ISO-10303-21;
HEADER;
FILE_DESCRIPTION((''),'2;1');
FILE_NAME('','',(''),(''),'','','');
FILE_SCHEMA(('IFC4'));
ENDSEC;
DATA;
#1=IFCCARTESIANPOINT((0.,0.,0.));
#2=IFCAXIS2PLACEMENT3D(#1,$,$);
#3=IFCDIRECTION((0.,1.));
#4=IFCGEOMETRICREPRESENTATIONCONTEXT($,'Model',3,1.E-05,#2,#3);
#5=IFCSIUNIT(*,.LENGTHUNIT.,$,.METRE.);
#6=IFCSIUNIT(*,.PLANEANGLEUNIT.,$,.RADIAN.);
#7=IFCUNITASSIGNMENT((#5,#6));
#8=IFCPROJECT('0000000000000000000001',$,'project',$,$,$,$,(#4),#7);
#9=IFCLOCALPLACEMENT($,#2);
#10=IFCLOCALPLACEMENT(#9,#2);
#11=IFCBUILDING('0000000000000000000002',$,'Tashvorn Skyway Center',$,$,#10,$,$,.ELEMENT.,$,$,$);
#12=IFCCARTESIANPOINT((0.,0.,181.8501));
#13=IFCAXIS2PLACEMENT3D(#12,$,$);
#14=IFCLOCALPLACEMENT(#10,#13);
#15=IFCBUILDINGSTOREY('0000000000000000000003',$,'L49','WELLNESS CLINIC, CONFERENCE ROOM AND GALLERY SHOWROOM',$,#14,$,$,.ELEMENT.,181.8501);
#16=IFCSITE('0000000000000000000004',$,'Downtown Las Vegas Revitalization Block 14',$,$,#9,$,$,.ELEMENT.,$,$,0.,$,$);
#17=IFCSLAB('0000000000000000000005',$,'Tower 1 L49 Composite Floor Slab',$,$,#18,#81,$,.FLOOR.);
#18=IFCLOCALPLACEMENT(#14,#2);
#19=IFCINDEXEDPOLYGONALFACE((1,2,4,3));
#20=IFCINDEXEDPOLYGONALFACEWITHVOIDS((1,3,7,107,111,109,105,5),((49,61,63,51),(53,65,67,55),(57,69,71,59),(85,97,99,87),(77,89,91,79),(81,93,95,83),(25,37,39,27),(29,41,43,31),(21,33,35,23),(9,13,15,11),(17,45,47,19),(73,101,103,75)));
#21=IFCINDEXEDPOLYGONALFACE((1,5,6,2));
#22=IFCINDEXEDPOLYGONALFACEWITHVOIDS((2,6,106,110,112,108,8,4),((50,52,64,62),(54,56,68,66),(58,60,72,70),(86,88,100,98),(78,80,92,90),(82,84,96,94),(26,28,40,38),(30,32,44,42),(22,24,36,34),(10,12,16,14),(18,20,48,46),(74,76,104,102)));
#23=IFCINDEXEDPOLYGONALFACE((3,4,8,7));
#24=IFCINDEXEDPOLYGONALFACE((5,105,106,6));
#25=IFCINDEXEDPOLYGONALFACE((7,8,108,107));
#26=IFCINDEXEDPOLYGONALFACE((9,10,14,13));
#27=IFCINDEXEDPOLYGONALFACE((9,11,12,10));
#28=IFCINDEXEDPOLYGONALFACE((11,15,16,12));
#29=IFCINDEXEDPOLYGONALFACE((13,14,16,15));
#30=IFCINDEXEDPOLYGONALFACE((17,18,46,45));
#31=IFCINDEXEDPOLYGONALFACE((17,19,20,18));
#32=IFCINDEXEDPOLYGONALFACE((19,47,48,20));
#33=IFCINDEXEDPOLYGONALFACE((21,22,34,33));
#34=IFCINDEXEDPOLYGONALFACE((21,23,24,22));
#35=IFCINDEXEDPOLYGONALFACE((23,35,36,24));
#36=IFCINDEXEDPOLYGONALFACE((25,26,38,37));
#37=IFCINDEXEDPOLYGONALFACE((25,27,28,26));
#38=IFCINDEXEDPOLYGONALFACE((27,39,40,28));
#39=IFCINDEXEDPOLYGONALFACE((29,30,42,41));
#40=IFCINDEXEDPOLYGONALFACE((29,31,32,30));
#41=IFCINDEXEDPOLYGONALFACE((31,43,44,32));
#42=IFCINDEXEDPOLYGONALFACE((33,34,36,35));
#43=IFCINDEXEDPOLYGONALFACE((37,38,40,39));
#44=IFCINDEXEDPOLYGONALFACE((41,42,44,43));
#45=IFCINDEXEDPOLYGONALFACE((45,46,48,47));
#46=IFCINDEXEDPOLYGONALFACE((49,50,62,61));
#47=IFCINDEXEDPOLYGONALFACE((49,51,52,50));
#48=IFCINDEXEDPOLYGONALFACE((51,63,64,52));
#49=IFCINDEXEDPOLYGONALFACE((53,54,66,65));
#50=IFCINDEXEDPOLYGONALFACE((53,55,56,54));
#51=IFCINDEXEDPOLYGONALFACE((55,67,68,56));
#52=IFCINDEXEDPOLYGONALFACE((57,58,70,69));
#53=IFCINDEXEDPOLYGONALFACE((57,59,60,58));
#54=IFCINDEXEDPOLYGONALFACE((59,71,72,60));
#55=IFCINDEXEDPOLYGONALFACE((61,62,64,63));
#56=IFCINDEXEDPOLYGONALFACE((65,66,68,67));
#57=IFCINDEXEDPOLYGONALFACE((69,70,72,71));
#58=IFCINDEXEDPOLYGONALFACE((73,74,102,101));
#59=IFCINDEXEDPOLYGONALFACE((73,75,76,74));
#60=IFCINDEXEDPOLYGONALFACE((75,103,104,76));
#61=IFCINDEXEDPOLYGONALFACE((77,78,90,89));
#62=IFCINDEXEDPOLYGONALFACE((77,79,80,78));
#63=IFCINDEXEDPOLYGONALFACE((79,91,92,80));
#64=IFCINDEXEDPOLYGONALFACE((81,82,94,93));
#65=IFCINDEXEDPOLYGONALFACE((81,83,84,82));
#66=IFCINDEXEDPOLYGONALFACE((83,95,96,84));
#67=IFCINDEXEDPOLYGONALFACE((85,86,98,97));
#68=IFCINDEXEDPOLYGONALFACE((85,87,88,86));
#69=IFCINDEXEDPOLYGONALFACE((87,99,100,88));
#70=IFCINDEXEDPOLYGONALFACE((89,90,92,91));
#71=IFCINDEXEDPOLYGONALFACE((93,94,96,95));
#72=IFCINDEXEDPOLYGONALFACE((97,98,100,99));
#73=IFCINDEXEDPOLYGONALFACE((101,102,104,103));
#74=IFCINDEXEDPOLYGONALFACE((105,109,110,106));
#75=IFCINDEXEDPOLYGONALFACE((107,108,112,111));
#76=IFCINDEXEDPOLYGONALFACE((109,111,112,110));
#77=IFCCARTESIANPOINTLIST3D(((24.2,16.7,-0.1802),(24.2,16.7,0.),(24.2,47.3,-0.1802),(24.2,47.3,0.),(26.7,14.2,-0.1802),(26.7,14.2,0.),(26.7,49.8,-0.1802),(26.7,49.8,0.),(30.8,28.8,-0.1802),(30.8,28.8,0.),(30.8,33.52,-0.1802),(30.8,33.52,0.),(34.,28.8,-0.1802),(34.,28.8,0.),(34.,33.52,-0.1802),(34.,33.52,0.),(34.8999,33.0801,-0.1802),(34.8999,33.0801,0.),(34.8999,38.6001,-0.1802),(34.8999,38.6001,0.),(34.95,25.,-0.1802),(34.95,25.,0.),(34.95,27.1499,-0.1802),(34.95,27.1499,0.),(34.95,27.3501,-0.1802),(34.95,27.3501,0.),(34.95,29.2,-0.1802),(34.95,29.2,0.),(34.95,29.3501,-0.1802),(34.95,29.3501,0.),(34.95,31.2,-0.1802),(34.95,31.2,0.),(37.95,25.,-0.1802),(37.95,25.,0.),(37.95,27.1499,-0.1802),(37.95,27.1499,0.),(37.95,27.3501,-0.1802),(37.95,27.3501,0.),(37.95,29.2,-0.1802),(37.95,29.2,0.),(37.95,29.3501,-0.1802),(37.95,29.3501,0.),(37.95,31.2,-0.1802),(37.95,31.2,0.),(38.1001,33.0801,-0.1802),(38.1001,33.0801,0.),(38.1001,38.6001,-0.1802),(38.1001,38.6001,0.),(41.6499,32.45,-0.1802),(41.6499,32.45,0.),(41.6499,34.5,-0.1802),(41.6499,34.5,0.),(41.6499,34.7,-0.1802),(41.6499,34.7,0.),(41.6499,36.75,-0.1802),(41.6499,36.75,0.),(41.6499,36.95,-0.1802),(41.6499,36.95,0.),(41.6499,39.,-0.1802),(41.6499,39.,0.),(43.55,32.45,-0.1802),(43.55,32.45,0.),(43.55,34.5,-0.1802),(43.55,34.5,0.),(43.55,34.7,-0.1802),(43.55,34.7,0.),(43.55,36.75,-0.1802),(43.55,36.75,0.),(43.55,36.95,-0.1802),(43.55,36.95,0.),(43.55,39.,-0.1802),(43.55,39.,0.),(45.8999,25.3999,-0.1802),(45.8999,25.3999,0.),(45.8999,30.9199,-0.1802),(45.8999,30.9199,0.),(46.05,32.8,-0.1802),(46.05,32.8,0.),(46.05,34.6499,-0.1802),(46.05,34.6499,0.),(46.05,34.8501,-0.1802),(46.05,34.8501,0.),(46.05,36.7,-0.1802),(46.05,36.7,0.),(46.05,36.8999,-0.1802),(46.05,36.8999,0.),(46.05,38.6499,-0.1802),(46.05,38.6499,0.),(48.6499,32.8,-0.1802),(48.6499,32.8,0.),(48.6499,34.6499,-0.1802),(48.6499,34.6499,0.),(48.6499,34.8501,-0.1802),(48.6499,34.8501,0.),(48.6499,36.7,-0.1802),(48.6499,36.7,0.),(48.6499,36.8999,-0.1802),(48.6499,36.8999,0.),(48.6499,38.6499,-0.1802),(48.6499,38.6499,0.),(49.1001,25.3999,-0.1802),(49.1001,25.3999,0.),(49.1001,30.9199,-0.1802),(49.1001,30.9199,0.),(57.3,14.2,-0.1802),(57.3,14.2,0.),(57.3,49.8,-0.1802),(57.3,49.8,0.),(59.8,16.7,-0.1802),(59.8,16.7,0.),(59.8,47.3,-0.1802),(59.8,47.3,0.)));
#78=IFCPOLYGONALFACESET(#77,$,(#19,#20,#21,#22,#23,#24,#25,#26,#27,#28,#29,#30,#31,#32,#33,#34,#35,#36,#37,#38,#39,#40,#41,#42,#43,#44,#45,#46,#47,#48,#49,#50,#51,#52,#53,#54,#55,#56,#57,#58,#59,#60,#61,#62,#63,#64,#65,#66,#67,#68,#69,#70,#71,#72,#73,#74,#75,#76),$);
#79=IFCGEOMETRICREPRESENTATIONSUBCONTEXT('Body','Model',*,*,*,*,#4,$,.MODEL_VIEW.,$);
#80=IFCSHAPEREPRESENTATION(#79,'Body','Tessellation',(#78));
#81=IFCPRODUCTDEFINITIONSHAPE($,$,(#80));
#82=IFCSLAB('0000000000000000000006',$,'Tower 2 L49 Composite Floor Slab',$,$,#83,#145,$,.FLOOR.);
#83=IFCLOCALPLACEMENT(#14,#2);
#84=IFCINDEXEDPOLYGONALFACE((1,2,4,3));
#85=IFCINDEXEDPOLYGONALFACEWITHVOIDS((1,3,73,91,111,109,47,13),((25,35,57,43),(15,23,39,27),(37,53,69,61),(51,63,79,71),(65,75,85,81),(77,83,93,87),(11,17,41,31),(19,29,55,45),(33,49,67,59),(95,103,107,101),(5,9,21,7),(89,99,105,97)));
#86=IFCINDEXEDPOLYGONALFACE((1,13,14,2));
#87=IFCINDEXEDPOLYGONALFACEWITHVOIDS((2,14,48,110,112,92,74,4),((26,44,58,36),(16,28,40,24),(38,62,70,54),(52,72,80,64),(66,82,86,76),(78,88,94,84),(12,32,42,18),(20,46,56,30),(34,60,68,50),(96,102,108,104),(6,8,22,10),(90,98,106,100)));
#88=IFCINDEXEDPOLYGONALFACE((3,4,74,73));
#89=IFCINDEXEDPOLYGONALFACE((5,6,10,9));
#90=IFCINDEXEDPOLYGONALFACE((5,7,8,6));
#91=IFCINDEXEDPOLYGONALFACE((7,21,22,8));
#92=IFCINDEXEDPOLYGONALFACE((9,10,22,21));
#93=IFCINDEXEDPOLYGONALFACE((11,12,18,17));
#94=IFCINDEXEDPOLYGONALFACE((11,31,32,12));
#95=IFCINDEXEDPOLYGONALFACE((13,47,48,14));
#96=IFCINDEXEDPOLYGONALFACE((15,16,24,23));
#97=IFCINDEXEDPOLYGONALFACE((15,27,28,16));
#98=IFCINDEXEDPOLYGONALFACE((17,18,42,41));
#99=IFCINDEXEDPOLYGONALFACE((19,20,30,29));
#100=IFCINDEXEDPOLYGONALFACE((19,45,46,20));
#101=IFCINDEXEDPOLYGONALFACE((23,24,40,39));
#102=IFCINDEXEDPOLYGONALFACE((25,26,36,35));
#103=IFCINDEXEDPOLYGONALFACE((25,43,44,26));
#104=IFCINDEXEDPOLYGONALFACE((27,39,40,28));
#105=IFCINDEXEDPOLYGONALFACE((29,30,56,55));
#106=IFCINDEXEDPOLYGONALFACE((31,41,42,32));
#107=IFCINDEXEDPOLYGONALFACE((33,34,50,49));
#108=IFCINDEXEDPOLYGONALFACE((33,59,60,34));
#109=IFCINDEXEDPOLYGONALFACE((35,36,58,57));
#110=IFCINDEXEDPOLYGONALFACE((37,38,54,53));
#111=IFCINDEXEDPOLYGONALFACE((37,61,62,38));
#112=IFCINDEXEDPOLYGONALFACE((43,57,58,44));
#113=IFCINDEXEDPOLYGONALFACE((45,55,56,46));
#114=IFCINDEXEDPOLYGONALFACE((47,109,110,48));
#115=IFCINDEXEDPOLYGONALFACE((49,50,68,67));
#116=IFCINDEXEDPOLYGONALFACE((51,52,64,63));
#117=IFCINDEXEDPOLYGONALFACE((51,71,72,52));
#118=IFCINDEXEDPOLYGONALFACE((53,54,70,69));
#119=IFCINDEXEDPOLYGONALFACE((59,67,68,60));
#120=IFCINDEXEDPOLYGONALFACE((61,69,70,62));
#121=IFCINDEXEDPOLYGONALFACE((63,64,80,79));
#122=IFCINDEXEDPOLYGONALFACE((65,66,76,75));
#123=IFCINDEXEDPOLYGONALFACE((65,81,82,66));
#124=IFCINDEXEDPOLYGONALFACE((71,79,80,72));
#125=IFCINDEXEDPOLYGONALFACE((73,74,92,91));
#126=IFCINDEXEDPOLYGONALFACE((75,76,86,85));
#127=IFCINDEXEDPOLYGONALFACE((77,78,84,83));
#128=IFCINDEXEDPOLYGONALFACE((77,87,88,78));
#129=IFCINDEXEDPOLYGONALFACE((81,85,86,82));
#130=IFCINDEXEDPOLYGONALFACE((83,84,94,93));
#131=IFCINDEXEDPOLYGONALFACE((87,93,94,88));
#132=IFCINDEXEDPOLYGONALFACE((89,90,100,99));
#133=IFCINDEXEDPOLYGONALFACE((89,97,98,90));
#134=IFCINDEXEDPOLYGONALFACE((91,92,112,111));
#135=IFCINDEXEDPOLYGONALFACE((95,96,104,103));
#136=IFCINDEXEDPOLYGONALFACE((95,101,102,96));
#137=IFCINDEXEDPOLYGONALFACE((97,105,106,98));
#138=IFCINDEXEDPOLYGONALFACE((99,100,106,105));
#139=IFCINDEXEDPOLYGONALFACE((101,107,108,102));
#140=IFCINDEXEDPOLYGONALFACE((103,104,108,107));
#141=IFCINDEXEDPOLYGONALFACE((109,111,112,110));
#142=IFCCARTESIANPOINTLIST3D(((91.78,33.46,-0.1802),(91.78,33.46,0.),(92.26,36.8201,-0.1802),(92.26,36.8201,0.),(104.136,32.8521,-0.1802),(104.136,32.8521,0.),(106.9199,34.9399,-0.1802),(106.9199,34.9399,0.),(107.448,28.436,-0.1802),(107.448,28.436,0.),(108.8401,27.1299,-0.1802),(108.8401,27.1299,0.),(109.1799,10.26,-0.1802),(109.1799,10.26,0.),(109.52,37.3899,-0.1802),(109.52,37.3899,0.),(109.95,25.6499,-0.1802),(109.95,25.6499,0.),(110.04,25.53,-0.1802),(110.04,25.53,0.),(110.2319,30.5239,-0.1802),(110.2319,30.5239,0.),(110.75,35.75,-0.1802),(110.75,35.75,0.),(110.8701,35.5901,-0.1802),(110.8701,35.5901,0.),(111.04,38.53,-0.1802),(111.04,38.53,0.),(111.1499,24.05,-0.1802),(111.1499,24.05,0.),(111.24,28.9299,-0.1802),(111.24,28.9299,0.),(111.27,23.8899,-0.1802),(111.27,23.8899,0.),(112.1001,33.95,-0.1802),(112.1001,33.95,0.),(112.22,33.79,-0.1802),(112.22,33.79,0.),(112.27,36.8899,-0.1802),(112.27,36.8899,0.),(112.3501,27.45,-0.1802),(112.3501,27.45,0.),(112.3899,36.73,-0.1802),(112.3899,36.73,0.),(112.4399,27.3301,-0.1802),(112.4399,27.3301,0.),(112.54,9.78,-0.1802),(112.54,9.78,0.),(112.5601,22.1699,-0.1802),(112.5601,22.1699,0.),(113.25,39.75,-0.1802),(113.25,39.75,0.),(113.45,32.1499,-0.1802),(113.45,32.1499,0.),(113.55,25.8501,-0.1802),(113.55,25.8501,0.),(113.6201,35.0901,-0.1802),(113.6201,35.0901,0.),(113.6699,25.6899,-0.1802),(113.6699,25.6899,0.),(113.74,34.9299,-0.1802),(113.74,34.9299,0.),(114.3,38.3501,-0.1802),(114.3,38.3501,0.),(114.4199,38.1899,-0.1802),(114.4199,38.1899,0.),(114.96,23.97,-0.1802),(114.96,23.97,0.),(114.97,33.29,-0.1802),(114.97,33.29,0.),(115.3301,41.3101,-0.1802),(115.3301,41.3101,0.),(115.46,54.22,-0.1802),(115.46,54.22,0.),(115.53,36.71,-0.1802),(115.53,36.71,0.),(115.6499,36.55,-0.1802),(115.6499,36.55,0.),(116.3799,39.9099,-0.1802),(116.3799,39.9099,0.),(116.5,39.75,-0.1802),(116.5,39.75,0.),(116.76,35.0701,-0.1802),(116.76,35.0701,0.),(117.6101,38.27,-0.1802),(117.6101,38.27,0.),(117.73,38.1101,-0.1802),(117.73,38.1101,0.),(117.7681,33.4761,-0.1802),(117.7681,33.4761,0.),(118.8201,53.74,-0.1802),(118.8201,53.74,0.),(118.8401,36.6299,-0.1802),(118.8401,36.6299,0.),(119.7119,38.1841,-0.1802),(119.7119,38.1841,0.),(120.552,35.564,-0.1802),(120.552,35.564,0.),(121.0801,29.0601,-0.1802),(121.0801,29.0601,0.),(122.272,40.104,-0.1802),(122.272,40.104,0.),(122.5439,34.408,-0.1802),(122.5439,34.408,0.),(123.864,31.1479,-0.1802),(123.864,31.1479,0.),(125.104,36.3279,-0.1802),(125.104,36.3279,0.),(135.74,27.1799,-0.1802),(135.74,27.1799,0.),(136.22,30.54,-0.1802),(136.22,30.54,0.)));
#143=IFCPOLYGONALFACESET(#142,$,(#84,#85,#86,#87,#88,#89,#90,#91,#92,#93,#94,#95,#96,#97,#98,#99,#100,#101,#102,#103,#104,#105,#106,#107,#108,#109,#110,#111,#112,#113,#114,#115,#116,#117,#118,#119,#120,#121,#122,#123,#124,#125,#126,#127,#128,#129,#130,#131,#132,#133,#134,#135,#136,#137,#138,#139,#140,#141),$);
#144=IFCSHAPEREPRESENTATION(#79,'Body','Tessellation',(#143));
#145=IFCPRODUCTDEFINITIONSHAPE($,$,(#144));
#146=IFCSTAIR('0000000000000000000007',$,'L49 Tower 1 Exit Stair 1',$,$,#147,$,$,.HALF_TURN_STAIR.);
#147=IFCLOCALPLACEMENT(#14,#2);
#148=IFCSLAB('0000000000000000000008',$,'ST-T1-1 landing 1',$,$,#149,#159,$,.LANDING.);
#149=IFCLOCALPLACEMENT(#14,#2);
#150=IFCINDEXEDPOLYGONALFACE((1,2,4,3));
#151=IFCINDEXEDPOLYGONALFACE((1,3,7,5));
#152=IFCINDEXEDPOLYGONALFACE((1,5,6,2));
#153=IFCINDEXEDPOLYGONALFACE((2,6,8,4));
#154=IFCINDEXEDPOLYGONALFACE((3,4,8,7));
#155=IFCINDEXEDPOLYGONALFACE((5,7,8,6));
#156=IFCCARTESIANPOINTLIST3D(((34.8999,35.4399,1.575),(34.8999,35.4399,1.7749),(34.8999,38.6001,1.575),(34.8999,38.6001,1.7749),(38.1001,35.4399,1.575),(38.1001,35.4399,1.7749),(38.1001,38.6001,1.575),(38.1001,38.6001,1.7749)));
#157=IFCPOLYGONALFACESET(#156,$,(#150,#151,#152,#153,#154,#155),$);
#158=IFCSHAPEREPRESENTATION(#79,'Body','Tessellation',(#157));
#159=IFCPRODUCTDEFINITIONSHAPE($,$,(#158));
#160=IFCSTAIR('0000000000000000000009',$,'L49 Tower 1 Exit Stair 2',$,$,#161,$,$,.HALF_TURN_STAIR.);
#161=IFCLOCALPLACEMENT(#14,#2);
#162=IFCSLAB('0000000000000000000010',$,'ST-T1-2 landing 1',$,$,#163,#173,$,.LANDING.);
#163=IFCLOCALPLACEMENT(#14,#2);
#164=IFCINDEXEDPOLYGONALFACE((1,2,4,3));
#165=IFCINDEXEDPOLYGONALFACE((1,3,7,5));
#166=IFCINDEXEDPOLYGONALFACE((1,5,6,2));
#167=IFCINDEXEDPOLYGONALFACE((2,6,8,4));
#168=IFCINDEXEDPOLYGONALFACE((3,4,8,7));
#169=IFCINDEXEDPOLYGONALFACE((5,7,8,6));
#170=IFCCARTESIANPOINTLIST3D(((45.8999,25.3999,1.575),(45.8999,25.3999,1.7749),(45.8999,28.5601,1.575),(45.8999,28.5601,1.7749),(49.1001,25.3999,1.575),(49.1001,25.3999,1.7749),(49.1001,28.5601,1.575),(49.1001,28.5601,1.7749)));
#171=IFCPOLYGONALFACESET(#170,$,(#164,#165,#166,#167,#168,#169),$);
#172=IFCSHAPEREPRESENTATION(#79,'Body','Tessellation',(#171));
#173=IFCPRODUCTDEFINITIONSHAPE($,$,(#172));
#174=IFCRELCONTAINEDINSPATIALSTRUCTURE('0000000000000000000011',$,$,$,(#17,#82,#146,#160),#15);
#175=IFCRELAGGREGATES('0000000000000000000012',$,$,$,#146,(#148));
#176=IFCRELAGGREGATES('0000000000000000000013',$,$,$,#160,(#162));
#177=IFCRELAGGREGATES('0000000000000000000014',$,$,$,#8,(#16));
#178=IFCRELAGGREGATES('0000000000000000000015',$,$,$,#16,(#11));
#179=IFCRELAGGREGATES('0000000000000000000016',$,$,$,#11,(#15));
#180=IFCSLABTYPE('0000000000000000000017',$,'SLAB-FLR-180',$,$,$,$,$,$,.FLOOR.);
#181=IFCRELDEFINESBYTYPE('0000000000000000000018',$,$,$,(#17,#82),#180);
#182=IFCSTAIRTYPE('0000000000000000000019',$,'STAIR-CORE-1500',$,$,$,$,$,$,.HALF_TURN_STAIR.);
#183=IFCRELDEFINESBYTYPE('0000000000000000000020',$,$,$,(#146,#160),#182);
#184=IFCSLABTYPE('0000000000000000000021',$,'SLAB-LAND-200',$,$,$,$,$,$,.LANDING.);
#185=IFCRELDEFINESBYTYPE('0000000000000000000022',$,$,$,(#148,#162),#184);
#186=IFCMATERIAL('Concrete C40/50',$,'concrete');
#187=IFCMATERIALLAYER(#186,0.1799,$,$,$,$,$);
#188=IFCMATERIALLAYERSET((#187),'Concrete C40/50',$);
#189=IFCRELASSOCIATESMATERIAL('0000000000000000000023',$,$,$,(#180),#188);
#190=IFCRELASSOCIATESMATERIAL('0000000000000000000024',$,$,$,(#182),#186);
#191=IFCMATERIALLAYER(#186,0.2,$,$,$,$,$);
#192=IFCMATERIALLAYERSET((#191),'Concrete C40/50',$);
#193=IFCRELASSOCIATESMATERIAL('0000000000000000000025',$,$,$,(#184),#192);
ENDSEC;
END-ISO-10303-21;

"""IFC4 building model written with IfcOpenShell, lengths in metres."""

from ifc_helpers import new_model, si_unit, direction, frame, origin, place, context, subcontext, project, spatial, polyline, outline, extrude, material, layer, layer_set, type_object, element, aggregate, save


model = new_model("IFC4")

# Units and contexts
model_context = context("Model", 3, precision=1e-05, world=origin(), true_north=direction((0.0, 1.0)))
body_context = subcontext(model_context, "Body", "Model", "MODEL_VIEW")
ifc_project = project(units=[si_unit("LENGTHUNIT", "METRE"), si_unit("PLANEANGLEUNIT", "RADIAN")], contexts=[model_context])

# Site, building, storey
site_placement = place(None, origin())
site = spatial("IfcSite", under=ifc_project, at=site_placement, Name="Downtown Las Vegas Revitalization Block 14", CompositionType="ELEMENT", RefElevation=0.0)
building_placement = place(site_placement, origin())
building = spatial("IfcBuilding", under=site, at=building_placement, Name="Tashvorn Skyway Center", CompositionType="ELEMENT")
storey_placement = place(building_placement, frame((0.0, 0.0, 181.8501)))
storey = spatial("IfcBuildingStorey", under=building, at=storey_placement, Name="L49", Description="WELLNESS CLINIC, CONFERENCE ROOM AND GALLERY SHOWROOM", CompositionType="ELEMENT", Elevation=181.8501)

# Slabs
ifc_material_1 = material(Name="Concrete C40/50", Category="concrete")
ifc_layer_1 = layer(ifc_material_1, 0.1799)
ifc_layer_set_1 = layer_set([ifc_layer_1], Name="Concrete C40/50")
slab_type_1 = type_object("IfcSlabType", Name="SLAB-FLR-180", PredefinedType="FLOOR", material=ifc_layer_set_1)
slab_1_placement = place(storey_placement, frame((0.0, 0.0, -0.1802)))
element("IfcSlab", 1, at=slab_1_placement, inside=storey, type_object=slab_type_1, Name="Tower 1 L49 Composite Floor Slab", PredefinedType="FLOOR", context=body_context, shape_type="SweptSolid", body=[
    extrude(outline(polyline([(26.7, 14.2), (57.3, 14.2), (59.8, 16.7), (59.8, 47.3), (57.3, 49.8), (26.7, 49.8), (24.2, 47.3), (24.2, 16.7), (26.7, 14.2)]), holes=[polyline([(38.1001, 33.0801), (38.1001, 38.6001), (34.8999, 38.6001), (34.8999, 33.0801), (38.1001, 33.0801)]), polyline([(45.8999, 30.9199), (45.8999, 25.3999), (49.1001, 25.3999), (49.1001, 30.9199), (45.8999, 30.9199)]), polyline([(30.8, 33.52), (30.8, 28.8), (34.0, 28.8), (34.0, 33.52), (30.8, 33.52)]), polyline([(34.95, 29.3501), (37.95, 29.3501), (37.95, 31.2), (34.95, 31.2), (34.95, 29.3501)]), polyline([(34.95, 27.3501), (37.95, 27.3501), (37.95, 29.2), (34.95, 29.2), (34.95, 27.3501)]), polyline([(34.95, 25.0), (37.95, 25.0), (37.95, 27.1499), (34.95, 27.1499), (34.95, 25.0)]), polyline([(41.6499, 32.45), (43.55, 32.45), (43.55, 34.5), (41.6499, 34.5), (41.6499, 32.45)]), polyline([(41.6499, 34.7), (43.55, 34.7), (43.55, 36.75), (41.6499, 36.75), (41.6499, 34.7)]), polyline([(41.6499, 36.95), (43.55, 36.95), (43.55, 39.0), (41.6499, 39.0), (41.6499, 36.95)]), polyline([(46.05, 32.8), (48.6499, 32.8), (48.6499, 34.6499), (46.05, 34.6499), (46.05, 32.8)]), polyline([(46.05, 34.8501), (48.6499, 34.8501), (48.6499, 36.7), (46.05, 36.7), (46.05, 34.8501)]), polyline([(46.05, 36.8999), (48.6499, 36.8999), (48.6499, 38.6499), (46.05, 38.6499), (46.05, 36.8999)])]), origin(), (0.0, 0.0, 1.0), 0.1802),
])
slab_2_placement = place(storey_placement, frame((0.0, 0.0, -0.1802)))
element("IfcSlab", 2, at=slab_2_placement, inside=storey, type_object=slab_type_1, Name="Tower 2 L49 Composite Floor Slab", PredefinedType="FLOOR", context=body_context, shape_type="SweptSolid", body=[
    extrude(outline(polyline([(112.54, 9.78), (135.74, 27.1799), (136.22, 30.54), (118.8201, 53.74), (115.46, 54.22), (92.26, 36.8201), (91.78, 33.46), (109.1799, 10.26), (112.54, 9.78)]), holes=[polyline([(110.2319, 30.5239), (106.9199, 34.9399), (104.136, 32.8521), (107.448, 28.436), (110.2319, 30.5239)]), polyline([(117.7681, 33.4761), (121.0801, 29.0601), (123.864, 31.1479), (120.552, 35.564), (117.7681, 33.4761)]), polyline([(119.7119, 38.1841), (122.5439, 34.408), (125.104, 36.3279), (122.272, 40.104), (119.7119, 38.1841)]), polyline([(109.95, 25.6499), (112.3501, 27.45), (111.24, 28.9299), (108.8401, 27.1299), (109.95, 25.6499)]), polyline([(111.1499, 24.05), (113.55, 25.8501), (112.4399, 27.3301), (110.04, 25.53), (111.1499, 24.05)]), polyline([(112.5601, 22.1699), (114.96, 23.97), (113.6699, 25.6899), (111.27, 23.8899), (112.5601, 22.1699)]), polyline([(113.45, 32.1499), (114.97, 33.29), (113.74, 34.9299), (112.22, 33.79), (113.45, 32.1499)]), polyline([(112.1001, 33.95), (113.6201, 35.0901), (112.3899, 36.73), (110.8701, 35.5901), (112.1001, 33.95)]), polyline([(110.75, 35.75), (112.27, 36.8899), (111.04, 38.53), (109.52, 37.3899), (110.75, 35.75)]), polyline([(116.76, 35.0701), (118.8401, 36.6299), (117.73, 38.1101), (115.6499, 36.55), (116.76, 35.0701)]), polyline([(115.53, 36.71), (117.6101, 38.27), (116.5, 39.75), (114.4199, 38.1899), (115.53, 36.71)]), polyline([(114.3, 38.3501), (116.3799, 39.9099), (115.3301, 41.3101), (113.25, 39.75), (114.3, 38.3501)])]), origin(), (0.0, 0.0, 1.0), 0.1802),
])

# Stairs, slabs
stair_type = type_object("IfcStairType", Name="STAIR-CORE-1500", PredefinedType="HALF_TURN_STAIR", material=ifc_material_1)
stair_1_placement = place(storey_placement, origin())
stair_1 = element("IfcStair", 3, at=stair_1_placement, inside=storey, type_object=stair_type, Name="L49 Tower 1 Exit Stair 1", PredefinedType="HALF_TURN_STAIR")
ifc_layer_2 = layer(ifc_material_1, 0.2)
ifc_layer_set_2 = layer_set([ifc_layer_2], Name="Concrete C40/50")
slab_type_2 = type_object("IfcSlabType", Name="SLAB-LAND-200", PredefinedType="LANDING", material=ifc_layer_set_2)
slab_3_placement = place(storey_placement, frame((0.0, 0.0, 1.575)))
slab_3 = element("IfcSlab", 4, at=slab_3_placement, type_object=slab_type_2, Name="ST-T1-1 landing 1", PredefinedType="LANDING", context=body_context, shape_type="SweptSolid", body=[
    extrude(outline(polyline([(38.1001, 35.4399), (38.1001, 38.6001), (34.8999, 38.6001), (34.8999, 35.4399), (38.1001, 35.4399)])), origin(), (0.0, 0.0, 1.0), 0.2),
])
aggregate(stair_1, [slab_3])
stair_2_placement = place(storey_placement, origin())
stair_2 = element("IfcStair", 5, at=stair_2_placement, inside=storey, type_object=stair_type, Name="L49 Tower 1 Exit Stair 2", PredefinedType="HALF_TURN_STAIR")
slab_4_placement = place(storey_placement, frame((0.0, 0.0, 1.575)))
slab_4 = element("IfcSlab", 6, at=slab_4_placement, type_object=slab_type_2, Name="ST-T1-2 landing 1", PredefinedType="LANDING", context=body_context, shape_type="SweptSolid", body=[
    extrude(outline(polyline([(45.8999, 28.5601), (45.8999, 25.3999), (49.1001, 25.3999), (49.1001, 28.5601), (45.8999, 28.5601)])), origin(), (0.0, 0.0, 1.0), 0.2),
])
aggregate(stair_2, [slab_4])

save(model, "model.ifc")
